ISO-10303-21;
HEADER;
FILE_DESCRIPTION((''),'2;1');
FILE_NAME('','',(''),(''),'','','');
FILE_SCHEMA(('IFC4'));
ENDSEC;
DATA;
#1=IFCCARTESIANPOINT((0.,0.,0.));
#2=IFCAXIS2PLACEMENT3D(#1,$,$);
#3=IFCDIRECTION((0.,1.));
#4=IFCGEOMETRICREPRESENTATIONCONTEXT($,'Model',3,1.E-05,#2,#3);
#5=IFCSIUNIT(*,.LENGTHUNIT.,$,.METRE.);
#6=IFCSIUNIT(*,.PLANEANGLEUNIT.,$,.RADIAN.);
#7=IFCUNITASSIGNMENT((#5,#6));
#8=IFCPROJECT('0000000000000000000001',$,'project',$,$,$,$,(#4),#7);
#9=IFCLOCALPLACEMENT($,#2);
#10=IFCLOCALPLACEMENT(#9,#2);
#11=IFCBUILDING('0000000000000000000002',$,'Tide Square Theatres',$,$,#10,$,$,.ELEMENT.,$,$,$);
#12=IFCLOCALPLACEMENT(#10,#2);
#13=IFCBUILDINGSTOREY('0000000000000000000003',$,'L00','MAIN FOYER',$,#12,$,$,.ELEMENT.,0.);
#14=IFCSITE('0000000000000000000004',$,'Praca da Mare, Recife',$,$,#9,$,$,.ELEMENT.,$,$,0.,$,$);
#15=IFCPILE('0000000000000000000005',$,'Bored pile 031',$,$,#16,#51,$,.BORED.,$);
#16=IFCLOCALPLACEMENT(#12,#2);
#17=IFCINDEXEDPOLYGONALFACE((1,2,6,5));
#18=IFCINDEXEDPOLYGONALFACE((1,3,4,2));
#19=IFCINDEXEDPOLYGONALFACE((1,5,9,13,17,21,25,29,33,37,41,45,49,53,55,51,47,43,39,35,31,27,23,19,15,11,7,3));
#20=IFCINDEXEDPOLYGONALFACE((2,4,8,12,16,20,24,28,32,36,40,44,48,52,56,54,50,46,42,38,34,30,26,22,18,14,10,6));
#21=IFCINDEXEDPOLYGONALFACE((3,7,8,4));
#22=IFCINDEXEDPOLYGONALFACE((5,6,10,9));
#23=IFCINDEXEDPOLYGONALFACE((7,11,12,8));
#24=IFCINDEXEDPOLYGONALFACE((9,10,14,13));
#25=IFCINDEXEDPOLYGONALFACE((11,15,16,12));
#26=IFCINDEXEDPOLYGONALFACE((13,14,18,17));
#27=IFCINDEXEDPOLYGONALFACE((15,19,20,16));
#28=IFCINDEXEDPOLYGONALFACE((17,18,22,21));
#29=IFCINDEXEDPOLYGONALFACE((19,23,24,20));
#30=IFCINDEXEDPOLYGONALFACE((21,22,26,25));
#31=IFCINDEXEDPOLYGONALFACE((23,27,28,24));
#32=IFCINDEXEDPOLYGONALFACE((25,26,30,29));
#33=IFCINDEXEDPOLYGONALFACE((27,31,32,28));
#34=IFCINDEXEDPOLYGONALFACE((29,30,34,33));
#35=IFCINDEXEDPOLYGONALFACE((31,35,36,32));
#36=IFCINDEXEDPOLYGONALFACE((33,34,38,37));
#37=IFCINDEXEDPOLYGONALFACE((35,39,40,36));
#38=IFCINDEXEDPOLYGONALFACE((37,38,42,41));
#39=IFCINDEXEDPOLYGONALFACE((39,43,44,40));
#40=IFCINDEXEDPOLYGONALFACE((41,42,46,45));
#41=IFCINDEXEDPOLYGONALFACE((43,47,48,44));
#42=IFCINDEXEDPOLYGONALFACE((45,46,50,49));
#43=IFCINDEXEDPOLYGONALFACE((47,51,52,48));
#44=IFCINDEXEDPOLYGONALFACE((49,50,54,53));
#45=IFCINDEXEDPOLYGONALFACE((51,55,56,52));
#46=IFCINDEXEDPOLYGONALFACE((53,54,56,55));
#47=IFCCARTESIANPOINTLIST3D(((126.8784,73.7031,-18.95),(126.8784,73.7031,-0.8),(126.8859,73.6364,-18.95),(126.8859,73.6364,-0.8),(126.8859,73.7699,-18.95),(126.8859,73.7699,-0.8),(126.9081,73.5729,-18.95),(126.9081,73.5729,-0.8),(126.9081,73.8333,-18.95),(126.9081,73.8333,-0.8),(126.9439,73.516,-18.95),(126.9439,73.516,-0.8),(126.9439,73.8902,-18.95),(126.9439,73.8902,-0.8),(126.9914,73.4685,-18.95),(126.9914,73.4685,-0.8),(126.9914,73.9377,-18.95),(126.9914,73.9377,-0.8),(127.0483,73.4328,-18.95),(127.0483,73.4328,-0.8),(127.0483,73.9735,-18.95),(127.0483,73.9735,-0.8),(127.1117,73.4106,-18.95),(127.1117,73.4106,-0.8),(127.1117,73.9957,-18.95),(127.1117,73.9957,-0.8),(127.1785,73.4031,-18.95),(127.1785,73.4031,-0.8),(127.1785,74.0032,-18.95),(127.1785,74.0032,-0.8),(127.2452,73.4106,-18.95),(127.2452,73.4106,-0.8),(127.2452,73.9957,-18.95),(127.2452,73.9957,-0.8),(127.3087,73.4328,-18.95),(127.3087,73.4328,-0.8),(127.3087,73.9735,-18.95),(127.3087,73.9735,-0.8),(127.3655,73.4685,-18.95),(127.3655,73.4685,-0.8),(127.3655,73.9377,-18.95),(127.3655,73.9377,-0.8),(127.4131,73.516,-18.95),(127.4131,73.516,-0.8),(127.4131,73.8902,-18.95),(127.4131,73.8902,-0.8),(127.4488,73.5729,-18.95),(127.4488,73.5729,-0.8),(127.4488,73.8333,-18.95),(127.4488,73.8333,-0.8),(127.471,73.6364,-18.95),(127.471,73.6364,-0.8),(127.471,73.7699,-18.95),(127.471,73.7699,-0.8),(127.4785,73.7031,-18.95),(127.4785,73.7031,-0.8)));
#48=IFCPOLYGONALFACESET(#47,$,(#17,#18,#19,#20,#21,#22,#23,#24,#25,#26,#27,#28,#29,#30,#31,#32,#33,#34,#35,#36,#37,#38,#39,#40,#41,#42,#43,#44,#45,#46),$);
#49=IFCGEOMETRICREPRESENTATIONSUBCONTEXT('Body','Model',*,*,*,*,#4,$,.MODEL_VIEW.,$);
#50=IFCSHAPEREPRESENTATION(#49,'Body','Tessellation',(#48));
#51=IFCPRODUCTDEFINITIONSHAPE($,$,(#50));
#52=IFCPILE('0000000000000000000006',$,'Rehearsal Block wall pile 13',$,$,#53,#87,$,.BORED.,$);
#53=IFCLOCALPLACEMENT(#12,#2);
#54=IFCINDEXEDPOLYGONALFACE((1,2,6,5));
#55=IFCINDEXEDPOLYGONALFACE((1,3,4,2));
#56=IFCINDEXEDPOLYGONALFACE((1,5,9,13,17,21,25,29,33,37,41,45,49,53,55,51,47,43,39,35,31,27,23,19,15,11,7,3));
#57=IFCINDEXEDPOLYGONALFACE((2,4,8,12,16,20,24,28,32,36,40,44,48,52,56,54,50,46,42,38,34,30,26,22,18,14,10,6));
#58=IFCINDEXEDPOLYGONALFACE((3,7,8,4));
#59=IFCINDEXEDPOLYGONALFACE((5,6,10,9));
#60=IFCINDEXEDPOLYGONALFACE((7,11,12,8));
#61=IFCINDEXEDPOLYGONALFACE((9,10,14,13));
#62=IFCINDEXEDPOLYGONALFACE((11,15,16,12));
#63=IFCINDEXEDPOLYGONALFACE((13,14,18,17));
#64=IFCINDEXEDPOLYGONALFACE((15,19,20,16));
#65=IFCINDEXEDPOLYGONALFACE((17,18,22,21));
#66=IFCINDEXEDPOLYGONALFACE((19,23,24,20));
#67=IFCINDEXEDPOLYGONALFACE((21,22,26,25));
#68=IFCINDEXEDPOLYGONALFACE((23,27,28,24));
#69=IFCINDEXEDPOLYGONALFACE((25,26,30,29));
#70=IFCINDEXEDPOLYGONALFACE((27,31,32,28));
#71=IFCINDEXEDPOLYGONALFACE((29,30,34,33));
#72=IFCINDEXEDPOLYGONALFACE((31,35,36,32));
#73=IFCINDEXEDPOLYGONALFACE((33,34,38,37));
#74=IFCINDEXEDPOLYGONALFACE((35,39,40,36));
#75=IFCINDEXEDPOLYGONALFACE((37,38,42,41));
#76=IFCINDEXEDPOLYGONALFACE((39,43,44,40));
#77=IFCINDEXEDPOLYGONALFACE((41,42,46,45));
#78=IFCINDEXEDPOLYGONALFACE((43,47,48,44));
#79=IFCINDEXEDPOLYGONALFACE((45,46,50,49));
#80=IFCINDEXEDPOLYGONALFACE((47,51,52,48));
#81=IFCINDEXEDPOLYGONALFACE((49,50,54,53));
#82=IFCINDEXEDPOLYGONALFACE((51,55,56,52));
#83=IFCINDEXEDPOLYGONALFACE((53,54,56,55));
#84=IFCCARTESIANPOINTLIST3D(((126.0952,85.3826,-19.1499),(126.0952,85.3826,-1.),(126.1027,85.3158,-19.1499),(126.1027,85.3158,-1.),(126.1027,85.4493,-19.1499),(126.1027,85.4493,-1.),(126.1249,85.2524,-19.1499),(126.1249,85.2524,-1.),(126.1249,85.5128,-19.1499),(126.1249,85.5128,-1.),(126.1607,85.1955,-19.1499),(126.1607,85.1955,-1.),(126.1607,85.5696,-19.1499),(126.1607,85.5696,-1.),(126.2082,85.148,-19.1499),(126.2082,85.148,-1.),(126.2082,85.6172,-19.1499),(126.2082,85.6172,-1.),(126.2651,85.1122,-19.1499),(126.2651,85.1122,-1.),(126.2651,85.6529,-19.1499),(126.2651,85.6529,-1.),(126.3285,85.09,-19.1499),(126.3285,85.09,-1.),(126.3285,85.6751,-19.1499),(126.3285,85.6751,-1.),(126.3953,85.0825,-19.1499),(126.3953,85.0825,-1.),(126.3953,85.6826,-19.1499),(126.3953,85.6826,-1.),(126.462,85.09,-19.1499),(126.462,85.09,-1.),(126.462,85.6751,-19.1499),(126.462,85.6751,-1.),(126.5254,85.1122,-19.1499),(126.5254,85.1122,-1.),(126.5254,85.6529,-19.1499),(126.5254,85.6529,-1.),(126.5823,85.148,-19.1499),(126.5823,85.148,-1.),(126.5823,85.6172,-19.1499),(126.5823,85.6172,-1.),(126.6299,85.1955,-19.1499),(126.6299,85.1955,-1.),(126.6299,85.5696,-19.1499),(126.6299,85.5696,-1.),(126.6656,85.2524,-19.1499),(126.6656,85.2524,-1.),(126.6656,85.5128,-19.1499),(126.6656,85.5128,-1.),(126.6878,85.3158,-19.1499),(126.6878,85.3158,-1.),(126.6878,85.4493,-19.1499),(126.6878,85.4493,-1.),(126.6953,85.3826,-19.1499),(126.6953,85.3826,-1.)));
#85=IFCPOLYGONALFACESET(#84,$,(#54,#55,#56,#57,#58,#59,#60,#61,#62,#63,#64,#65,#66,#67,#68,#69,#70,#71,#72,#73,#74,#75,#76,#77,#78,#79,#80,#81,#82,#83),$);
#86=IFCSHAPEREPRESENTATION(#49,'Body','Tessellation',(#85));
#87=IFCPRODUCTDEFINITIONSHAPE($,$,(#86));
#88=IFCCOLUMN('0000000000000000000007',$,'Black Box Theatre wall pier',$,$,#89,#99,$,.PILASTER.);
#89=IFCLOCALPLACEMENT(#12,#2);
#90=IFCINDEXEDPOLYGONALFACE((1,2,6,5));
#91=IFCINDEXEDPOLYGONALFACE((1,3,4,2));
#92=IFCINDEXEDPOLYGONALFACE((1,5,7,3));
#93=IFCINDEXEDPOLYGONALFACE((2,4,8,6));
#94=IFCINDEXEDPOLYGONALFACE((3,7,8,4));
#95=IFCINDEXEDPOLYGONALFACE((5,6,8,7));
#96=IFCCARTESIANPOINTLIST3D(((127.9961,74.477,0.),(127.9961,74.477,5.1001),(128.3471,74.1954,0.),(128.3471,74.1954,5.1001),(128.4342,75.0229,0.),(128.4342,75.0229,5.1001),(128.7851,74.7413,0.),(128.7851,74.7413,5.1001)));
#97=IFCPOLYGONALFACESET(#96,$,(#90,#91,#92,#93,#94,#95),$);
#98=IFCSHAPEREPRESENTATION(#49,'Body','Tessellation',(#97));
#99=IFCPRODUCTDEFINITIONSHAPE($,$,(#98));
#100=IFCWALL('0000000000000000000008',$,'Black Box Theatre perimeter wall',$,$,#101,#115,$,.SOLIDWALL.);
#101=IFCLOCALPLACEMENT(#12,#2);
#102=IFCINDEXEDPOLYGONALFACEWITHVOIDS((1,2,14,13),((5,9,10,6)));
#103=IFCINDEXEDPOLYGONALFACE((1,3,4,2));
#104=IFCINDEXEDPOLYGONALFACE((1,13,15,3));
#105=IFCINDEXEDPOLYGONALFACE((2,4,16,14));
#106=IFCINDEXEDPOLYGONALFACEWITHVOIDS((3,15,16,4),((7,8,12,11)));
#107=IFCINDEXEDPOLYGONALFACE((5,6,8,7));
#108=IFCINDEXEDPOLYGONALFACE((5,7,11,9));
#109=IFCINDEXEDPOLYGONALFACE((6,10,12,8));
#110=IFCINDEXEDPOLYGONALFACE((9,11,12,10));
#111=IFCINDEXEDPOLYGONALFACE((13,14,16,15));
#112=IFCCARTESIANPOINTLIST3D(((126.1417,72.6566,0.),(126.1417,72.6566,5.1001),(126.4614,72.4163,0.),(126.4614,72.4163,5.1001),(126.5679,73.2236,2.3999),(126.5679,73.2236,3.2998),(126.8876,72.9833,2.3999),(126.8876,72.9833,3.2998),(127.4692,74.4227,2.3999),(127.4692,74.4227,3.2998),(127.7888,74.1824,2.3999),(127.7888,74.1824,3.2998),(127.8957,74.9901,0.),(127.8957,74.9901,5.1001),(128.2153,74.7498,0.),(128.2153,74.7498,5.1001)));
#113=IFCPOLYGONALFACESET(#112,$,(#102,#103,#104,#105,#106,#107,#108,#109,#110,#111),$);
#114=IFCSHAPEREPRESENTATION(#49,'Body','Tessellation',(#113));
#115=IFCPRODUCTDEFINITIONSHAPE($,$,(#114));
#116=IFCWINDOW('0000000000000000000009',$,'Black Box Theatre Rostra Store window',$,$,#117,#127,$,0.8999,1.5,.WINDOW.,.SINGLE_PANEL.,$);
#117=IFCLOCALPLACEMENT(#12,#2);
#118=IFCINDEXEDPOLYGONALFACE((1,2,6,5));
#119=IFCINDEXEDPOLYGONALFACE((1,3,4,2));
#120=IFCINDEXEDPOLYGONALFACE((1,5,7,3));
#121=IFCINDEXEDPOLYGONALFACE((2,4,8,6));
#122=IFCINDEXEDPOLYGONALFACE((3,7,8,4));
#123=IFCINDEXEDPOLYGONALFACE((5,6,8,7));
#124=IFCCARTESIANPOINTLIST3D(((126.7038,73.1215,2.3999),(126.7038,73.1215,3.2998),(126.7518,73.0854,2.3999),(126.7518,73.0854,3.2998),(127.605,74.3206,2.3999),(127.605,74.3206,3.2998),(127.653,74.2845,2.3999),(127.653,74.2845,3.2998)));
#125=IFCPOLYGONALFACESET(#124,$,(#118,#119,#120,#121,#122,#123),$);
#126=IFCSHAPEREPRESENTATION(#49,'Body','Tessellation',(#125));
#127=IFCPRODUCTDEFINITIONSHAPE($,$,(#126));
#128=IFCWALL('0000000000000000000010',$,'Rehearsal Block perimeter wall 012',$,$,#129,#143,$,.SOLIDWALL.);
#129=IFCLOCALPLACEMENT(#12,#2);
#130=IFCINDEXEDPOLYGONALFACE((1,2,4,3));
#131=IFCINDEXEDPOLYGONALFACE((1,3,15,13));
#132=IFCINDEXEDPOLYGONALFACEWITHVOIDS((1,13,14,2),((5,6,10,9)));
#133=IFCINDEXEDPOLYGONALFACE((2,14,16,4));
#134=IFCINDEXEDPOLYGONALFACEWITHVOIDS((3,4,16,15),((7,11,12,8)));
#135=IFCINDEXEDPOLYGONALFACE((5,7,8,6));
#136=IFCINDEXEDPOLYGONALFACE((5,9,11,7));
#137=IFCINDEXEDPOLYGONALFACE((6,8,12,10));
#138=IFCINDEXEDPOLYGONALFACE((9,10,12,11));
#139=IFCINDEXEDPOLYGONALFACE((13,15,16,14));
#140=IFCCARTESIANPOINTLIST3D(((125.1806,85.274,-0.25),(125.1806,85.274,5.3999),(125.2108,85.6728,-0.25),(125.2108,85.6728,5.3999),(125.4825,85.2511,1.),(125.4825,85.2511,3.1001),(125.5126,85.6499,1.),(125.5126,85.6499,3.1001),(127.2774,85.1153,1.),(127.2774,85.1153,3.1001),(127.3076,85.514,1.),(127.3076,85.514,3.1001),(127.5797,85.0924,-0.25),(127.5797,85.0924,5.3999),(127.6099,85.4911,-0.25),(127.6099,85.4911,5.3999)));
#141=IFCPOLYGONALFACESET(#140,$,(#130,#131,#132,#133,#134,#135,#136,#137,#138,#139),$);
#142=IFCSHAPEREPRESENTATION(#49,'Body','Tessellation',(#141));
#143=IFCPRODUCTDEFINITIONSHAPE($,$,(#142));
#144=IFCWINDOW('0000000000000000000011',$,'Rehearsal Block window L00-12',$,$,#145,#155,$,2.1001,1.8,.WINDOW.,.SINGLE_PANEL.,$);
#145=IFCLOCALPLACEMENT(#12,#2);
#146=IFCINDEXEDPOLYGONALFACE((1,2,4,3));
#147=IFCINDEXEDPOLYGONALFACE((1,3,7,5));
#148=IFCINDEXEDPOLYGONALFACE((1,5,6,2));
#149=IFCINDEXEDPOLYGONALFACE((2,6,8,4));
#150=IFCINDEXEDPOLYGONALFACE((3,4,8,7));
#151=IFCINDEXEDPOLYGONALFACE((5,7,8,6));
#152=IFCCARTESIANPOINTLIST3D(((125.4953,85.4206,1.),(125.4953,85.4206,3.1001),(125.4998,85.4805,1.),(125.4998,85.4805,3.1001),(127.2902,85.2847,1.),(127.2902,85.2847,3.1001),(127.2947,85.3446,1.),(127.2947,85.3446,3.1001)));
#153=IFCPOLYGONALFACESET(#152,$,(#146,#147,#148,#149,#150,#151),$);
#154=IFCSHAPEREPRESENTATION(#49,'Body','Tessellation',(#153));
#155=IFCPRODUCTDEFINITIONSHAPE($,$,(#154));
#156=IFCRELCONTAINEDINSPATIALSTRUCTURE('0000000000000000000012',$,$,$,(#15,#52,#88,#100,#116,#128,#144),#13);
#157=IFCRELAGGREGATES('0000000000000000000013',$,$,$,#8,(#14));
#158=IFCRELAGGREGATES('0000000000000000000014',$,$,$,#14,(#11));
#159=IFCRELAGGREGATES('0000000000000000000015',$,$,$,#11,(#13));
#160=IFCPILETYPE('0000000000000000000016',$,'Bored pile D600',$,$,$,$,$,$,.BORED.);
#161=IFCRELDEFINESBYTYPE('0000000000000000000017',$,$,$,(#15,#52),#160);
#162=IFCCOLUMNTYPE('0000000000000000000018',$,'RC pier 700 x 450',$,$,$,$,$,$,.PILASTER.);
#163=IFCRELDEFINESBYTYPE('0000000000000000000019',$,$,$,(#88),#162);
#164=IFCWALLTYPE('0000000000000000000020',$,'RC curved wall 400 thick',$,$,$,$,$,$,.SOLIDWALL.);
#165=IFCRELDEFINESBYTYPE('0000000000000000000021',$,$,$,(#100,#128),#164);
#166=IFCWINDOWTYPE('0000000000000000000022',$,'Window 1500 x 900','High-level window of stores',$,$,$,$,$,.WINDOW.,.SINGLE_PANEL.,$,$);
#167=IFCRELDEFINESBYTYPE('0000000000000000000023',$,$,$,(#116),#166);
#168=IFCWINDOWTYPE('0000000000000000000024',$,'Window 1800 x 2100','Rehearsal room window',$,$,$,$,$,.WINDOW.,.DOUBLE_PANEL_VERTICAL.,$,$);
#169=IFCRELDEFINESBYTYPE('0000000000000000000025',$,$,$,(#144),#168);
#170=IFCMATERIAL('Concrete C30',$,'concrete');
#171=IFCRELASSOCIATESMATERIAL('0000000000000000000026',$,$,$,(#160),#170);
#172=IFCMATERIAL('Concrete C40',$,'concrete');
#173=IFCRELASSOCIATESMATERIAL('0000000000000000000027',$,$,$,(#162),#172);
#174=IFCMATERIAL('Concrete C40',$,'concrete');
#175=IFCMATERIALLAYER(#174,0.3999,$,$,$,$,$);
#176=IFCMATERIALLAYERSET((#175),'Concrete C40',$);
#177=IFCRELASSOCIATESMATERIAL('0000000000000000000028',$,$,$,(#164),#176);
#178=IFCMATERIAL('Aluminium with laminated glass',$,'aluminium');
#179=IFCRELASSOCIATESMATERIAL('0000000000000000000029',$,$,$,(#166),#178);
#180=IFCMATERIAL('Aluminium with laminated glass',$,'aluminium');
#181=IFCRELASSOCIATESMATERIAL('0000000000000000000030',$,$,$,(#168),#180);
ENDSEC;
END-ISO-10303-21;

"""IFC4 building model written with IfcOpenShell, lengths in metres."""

from ifc_helpers import new_model, si_unit, direction, frame, frame_2d, origin, origin_2d, place, context, subcontext, project, spatial, rectangle, circle, extrude, material, layer, layer_set, material_profile, profile_set, type_object, element, fill, save


model = new_model("IFC4")

# Units and contexts
model_context = context("Model", 3, precision=1e-05, world=origin(), true_north=direction((0.0, 1.0)))
body_context = subcontext(model_context, "Body", "Model", "MODEL_VIEW")
ifc_project = project(units=[si_unit("LENGTHUNIT", "METRE"), si_unit("PLANEANGLEUNIT", "RADIAN")], contexts=[model_context])

# Site, building, storey
site_placement = place(None, origin())
site = spatial("IfcSite", under=ifc_project, at=site_placement, Name="Praca da Mare, Recife", CompositionType="ELEMENT", RefElevation=0.0)
building_placement = place(site_placement, origin())
building = spatial("IfcBuilding", under=site, at=building_placement, Name="Tide Square Theatres", CompositionType="ELEMENT")
storey_placement = place(building_placement, origin())
storey = spatial("IfcBuildingStorey", under=building, at=storey_placement, Name="L00", Description="MAIN FOYER", CompositionType="ELEMENT", Elevation=0.0)

# Piles
ifc_material_1 = material(Name="Concrete C30", Category="concrete")
ifc_material_profile_1 = material_profile(ifc_material_1, circle(Radius=0.3, at=origin_2d()))
ifc_profile_set_1 = profile_set([ifc_material_profile_1], Name="Concrete C30")
pile_type = type_object("IfcPileType", Name="Bored pile D600", PredefinedType="BORED", material=ifc_profile_set_1)
for number, where, z_axis, x_axis, name in (
    (1, (127.1785, 73.7031, -0.8), (0.0, 0.0, -1.0), (1.0, 0.0, 0.0), "Bored pile 031"),
    (2, (126.3953, 85.3826, -1.0), (0.0, 0.0, -1.0), (1.0, 0.0, 0.0), "Rehearsal Block wall pile 13"),
):
    element("IfcPile", number, at=place(storey_placement, frame(where, z_axis=z_axis, x_axis=x_axis)), inside=storey, type_object=pile_type, Name=name, PredefinedType="BORED", context=body_context, shape_type="SweptSolid", body=[
        extrude(circle(Radius=0.3, at=origin_2d()), origin(), (0.0, 0.0, 1.0), 18.1499),
    ])

# Column
ifc_material_2 = material(Name="Concrete C40", Category="concrete")
ifc_material_profile_2 = material_profile(ifc_material_2, rectangle(XDim=0.7, YDim=0.45, at=origin_2d()))
ifc_profile_set_2 = profile_set([ifc_material_profile_2], Name="Concrete C40")
column_type = type_object("IfcColumnType", Name="RC pier 700 x 450", PredefinedType="PILASTER", material=ifc_profile_set_2)
column_placement = place(storey_placement, frame((128.3906, 74.6091, 0.0), z_axis=(0.0, 0.0, 1.0), x_axis=(-0.625819, -0.779968, 0.0)))
element("IfcColumn", 3, at=column_placement, inside=storey, type_object=column_type, Name="Black Box Theatre wall pier", PredefinedType="PILASTER", context=body_context, shape_type="SweptSolid", body=[
    extrude(rectangle(XDim=0.7, YDim=0.45, at=origin_2d()), origin(), (0.0, 0.0, 1.0), 5.1001),
])

# Walls, openings, windows
ifc_material_3 = material(Name="Concrete C40", Category="concrete")
ifc_layer_1 = layer(ifc_material_3, 0.3999)
ifc_layer_set_1 = layer_set([ifc_layer_1], Name="Concrete C40")
wall_type_1 = type_object("IfcWallType", Name="RC curved wall 400 thick", PredefinedType="SOLIDWALL", material=ifc_layer_set_1)
wall_1_placement = place(storey_placement, frame((128.0554, 74.8699, 0.0), z_axis=(0.0, 0.0, 1.0), x_axis=(-0.600829, -0.799377, 0.0)))
wall_1 = element("IfcWall", 4, at=wall_1_placement, inside=storey, type_object=wall_type_1, Name="Black Box Theatre perimeter wall", PredefinedType="SOLIDWALL", context=body_context, shape_type="SweptSolid", body=[
    extrude(rectangle(XDim=2.9192, YDim=0.3999, at=frame_2d((1.4595, 0.0))), origin(), (0.0, 0.0, 1.0), 5.1001),
])
opening_1_placement = place(wall_1_placement, frame((0.7097, 0.0, 2.3999)))
opening_1 = element("IfcOpeningElement", 5, at=opening_1_placement, cuts=wall_1, PredefinedType="OPENING", context=body_context, shape_type="SweptSolid", body=[
    extrude(rectangle(XDim=1.5, YDim=0.8999, at=frame_2d((0.75, 0.45))), frame((0.0, 0.21, 0.0), z_axis=(0.0, -1.0, 0.0), x_axis=(1.0, 0.0, 0.0)), (0.0, 0.0, 1.0), 0.4199),
])
ifc_material_4 = material(Name="Aluminium with laminated glass", Category="aluminium")
window_type_1 = type_object("IfcWindowType", Name="Window 1500 x 900", Description="High-level window of stores", PartitioningType="SINGLE_PANEL", PredefinedType="WINDOW", material=ifc_material_4)
window_1_placement = place(opening_1_placement, origin())
window_1 = element("IfcWindow", 6, at=window_1_placement, inside=storey, type_object=window_type_1, Name="Black Box Theatre Rostra Store window", OverallHeight=0.8999, OverallWidth=1.5, PartitioningType="SINGLE_PANEL", PredefinedType="WINDOW", context=body_context, shape_type="SweptSolid", body=[
    extrude(rectangle(XDim=1.5, YDim=0.8999, at=frame_2d((0.75, 0.45))), frame((0.0, 0.03, 0.0), z_axis=(0.0, -1.0, 0.0), x_axis=(1.0, 0.0, 0.0)), (0.0, 0.0, 1.0), 0.0601),
])
fill(opening_1, window_1)
wall_2_placement = place(storey_placement, frame((125.1956, 85.4734, -0.25), z_axis=(0.0, 0.0, 1.0), x_axis=(0.997146, -0.075494, 0.0)))
wall_2 = element("IfcWall", 7, at=wall_2_placement, inside=storey, type_object=wall_type_1, Name="Rehearsal Block perimeter wall 012", PredefinedType="SOLIDWALL", context=body_context, shape_type="SweptSolid", body=[
    extrude(rectangle(XDim=2.406, YDim=0.3999, at=frame_2d((1.2031, 0.0))), origin(), (0.0, 0.0, 1.0), 5.6499),
])
opening_2_placement = place(wall_2_placement, frame((0.303, 0.0, 1.25)))
opening_2 = element("IfcOpeningElement", 8, at=opening_2_placement, cuts=wall_2, PredefinedType="OPENING", context=body_context, shape_type="SweptSolid", body=[
    extrude(rectangle(XDim=1.8, YDim=2.1001, at=frame_2d((0.8999, 1.05))), frame((0.0, 0.21, 0.0), z_axis=(0.0, -1.0, 0.0), x_axis=(1.0, 0.0, 0.0)), (0.0, 0.0, 1.0), 0.4199),
])
ifc_material_5 = material(Name="Aluminium with laminated glass", Category="aluminium")
window_type_2 = type_object("IfcWindowType", Name="Window 1800 x 2100", Description="Rehearsal room window", PartitioningType="DOUBLE_PANEL_VERTICAL", PredefinedType="WINDOW", material=ifc_material_5)
window_2_placement = place(opening_2_placement, origin())
window_2 = element("IfcWindow", 9, at=window_2_placement, inside=storey, type_object=window_type_2, Name="Rehearsal Block window L00-12", OverallHeight=2.1001, OverallWidth=1.8, PartitioningType="SINGLE_PANEL", PredefinedType="WINDOW", context=body_context, shape_type="SweptSolid", body=[
    extrude(rectangle(XDim=1.8, YDim=2.1001, at=frame_2d((0.8999, 1.05))), frame((0.0, 0.03, 0.0), z_axis=(0.0, -1.0, 0.0), x_axis=(1.0, 0.0, 0.0)), (0.0, 0.0, 1.0), 0.0601),
])
fill(opening_2, window_2)

save(model, "model.ifc")
